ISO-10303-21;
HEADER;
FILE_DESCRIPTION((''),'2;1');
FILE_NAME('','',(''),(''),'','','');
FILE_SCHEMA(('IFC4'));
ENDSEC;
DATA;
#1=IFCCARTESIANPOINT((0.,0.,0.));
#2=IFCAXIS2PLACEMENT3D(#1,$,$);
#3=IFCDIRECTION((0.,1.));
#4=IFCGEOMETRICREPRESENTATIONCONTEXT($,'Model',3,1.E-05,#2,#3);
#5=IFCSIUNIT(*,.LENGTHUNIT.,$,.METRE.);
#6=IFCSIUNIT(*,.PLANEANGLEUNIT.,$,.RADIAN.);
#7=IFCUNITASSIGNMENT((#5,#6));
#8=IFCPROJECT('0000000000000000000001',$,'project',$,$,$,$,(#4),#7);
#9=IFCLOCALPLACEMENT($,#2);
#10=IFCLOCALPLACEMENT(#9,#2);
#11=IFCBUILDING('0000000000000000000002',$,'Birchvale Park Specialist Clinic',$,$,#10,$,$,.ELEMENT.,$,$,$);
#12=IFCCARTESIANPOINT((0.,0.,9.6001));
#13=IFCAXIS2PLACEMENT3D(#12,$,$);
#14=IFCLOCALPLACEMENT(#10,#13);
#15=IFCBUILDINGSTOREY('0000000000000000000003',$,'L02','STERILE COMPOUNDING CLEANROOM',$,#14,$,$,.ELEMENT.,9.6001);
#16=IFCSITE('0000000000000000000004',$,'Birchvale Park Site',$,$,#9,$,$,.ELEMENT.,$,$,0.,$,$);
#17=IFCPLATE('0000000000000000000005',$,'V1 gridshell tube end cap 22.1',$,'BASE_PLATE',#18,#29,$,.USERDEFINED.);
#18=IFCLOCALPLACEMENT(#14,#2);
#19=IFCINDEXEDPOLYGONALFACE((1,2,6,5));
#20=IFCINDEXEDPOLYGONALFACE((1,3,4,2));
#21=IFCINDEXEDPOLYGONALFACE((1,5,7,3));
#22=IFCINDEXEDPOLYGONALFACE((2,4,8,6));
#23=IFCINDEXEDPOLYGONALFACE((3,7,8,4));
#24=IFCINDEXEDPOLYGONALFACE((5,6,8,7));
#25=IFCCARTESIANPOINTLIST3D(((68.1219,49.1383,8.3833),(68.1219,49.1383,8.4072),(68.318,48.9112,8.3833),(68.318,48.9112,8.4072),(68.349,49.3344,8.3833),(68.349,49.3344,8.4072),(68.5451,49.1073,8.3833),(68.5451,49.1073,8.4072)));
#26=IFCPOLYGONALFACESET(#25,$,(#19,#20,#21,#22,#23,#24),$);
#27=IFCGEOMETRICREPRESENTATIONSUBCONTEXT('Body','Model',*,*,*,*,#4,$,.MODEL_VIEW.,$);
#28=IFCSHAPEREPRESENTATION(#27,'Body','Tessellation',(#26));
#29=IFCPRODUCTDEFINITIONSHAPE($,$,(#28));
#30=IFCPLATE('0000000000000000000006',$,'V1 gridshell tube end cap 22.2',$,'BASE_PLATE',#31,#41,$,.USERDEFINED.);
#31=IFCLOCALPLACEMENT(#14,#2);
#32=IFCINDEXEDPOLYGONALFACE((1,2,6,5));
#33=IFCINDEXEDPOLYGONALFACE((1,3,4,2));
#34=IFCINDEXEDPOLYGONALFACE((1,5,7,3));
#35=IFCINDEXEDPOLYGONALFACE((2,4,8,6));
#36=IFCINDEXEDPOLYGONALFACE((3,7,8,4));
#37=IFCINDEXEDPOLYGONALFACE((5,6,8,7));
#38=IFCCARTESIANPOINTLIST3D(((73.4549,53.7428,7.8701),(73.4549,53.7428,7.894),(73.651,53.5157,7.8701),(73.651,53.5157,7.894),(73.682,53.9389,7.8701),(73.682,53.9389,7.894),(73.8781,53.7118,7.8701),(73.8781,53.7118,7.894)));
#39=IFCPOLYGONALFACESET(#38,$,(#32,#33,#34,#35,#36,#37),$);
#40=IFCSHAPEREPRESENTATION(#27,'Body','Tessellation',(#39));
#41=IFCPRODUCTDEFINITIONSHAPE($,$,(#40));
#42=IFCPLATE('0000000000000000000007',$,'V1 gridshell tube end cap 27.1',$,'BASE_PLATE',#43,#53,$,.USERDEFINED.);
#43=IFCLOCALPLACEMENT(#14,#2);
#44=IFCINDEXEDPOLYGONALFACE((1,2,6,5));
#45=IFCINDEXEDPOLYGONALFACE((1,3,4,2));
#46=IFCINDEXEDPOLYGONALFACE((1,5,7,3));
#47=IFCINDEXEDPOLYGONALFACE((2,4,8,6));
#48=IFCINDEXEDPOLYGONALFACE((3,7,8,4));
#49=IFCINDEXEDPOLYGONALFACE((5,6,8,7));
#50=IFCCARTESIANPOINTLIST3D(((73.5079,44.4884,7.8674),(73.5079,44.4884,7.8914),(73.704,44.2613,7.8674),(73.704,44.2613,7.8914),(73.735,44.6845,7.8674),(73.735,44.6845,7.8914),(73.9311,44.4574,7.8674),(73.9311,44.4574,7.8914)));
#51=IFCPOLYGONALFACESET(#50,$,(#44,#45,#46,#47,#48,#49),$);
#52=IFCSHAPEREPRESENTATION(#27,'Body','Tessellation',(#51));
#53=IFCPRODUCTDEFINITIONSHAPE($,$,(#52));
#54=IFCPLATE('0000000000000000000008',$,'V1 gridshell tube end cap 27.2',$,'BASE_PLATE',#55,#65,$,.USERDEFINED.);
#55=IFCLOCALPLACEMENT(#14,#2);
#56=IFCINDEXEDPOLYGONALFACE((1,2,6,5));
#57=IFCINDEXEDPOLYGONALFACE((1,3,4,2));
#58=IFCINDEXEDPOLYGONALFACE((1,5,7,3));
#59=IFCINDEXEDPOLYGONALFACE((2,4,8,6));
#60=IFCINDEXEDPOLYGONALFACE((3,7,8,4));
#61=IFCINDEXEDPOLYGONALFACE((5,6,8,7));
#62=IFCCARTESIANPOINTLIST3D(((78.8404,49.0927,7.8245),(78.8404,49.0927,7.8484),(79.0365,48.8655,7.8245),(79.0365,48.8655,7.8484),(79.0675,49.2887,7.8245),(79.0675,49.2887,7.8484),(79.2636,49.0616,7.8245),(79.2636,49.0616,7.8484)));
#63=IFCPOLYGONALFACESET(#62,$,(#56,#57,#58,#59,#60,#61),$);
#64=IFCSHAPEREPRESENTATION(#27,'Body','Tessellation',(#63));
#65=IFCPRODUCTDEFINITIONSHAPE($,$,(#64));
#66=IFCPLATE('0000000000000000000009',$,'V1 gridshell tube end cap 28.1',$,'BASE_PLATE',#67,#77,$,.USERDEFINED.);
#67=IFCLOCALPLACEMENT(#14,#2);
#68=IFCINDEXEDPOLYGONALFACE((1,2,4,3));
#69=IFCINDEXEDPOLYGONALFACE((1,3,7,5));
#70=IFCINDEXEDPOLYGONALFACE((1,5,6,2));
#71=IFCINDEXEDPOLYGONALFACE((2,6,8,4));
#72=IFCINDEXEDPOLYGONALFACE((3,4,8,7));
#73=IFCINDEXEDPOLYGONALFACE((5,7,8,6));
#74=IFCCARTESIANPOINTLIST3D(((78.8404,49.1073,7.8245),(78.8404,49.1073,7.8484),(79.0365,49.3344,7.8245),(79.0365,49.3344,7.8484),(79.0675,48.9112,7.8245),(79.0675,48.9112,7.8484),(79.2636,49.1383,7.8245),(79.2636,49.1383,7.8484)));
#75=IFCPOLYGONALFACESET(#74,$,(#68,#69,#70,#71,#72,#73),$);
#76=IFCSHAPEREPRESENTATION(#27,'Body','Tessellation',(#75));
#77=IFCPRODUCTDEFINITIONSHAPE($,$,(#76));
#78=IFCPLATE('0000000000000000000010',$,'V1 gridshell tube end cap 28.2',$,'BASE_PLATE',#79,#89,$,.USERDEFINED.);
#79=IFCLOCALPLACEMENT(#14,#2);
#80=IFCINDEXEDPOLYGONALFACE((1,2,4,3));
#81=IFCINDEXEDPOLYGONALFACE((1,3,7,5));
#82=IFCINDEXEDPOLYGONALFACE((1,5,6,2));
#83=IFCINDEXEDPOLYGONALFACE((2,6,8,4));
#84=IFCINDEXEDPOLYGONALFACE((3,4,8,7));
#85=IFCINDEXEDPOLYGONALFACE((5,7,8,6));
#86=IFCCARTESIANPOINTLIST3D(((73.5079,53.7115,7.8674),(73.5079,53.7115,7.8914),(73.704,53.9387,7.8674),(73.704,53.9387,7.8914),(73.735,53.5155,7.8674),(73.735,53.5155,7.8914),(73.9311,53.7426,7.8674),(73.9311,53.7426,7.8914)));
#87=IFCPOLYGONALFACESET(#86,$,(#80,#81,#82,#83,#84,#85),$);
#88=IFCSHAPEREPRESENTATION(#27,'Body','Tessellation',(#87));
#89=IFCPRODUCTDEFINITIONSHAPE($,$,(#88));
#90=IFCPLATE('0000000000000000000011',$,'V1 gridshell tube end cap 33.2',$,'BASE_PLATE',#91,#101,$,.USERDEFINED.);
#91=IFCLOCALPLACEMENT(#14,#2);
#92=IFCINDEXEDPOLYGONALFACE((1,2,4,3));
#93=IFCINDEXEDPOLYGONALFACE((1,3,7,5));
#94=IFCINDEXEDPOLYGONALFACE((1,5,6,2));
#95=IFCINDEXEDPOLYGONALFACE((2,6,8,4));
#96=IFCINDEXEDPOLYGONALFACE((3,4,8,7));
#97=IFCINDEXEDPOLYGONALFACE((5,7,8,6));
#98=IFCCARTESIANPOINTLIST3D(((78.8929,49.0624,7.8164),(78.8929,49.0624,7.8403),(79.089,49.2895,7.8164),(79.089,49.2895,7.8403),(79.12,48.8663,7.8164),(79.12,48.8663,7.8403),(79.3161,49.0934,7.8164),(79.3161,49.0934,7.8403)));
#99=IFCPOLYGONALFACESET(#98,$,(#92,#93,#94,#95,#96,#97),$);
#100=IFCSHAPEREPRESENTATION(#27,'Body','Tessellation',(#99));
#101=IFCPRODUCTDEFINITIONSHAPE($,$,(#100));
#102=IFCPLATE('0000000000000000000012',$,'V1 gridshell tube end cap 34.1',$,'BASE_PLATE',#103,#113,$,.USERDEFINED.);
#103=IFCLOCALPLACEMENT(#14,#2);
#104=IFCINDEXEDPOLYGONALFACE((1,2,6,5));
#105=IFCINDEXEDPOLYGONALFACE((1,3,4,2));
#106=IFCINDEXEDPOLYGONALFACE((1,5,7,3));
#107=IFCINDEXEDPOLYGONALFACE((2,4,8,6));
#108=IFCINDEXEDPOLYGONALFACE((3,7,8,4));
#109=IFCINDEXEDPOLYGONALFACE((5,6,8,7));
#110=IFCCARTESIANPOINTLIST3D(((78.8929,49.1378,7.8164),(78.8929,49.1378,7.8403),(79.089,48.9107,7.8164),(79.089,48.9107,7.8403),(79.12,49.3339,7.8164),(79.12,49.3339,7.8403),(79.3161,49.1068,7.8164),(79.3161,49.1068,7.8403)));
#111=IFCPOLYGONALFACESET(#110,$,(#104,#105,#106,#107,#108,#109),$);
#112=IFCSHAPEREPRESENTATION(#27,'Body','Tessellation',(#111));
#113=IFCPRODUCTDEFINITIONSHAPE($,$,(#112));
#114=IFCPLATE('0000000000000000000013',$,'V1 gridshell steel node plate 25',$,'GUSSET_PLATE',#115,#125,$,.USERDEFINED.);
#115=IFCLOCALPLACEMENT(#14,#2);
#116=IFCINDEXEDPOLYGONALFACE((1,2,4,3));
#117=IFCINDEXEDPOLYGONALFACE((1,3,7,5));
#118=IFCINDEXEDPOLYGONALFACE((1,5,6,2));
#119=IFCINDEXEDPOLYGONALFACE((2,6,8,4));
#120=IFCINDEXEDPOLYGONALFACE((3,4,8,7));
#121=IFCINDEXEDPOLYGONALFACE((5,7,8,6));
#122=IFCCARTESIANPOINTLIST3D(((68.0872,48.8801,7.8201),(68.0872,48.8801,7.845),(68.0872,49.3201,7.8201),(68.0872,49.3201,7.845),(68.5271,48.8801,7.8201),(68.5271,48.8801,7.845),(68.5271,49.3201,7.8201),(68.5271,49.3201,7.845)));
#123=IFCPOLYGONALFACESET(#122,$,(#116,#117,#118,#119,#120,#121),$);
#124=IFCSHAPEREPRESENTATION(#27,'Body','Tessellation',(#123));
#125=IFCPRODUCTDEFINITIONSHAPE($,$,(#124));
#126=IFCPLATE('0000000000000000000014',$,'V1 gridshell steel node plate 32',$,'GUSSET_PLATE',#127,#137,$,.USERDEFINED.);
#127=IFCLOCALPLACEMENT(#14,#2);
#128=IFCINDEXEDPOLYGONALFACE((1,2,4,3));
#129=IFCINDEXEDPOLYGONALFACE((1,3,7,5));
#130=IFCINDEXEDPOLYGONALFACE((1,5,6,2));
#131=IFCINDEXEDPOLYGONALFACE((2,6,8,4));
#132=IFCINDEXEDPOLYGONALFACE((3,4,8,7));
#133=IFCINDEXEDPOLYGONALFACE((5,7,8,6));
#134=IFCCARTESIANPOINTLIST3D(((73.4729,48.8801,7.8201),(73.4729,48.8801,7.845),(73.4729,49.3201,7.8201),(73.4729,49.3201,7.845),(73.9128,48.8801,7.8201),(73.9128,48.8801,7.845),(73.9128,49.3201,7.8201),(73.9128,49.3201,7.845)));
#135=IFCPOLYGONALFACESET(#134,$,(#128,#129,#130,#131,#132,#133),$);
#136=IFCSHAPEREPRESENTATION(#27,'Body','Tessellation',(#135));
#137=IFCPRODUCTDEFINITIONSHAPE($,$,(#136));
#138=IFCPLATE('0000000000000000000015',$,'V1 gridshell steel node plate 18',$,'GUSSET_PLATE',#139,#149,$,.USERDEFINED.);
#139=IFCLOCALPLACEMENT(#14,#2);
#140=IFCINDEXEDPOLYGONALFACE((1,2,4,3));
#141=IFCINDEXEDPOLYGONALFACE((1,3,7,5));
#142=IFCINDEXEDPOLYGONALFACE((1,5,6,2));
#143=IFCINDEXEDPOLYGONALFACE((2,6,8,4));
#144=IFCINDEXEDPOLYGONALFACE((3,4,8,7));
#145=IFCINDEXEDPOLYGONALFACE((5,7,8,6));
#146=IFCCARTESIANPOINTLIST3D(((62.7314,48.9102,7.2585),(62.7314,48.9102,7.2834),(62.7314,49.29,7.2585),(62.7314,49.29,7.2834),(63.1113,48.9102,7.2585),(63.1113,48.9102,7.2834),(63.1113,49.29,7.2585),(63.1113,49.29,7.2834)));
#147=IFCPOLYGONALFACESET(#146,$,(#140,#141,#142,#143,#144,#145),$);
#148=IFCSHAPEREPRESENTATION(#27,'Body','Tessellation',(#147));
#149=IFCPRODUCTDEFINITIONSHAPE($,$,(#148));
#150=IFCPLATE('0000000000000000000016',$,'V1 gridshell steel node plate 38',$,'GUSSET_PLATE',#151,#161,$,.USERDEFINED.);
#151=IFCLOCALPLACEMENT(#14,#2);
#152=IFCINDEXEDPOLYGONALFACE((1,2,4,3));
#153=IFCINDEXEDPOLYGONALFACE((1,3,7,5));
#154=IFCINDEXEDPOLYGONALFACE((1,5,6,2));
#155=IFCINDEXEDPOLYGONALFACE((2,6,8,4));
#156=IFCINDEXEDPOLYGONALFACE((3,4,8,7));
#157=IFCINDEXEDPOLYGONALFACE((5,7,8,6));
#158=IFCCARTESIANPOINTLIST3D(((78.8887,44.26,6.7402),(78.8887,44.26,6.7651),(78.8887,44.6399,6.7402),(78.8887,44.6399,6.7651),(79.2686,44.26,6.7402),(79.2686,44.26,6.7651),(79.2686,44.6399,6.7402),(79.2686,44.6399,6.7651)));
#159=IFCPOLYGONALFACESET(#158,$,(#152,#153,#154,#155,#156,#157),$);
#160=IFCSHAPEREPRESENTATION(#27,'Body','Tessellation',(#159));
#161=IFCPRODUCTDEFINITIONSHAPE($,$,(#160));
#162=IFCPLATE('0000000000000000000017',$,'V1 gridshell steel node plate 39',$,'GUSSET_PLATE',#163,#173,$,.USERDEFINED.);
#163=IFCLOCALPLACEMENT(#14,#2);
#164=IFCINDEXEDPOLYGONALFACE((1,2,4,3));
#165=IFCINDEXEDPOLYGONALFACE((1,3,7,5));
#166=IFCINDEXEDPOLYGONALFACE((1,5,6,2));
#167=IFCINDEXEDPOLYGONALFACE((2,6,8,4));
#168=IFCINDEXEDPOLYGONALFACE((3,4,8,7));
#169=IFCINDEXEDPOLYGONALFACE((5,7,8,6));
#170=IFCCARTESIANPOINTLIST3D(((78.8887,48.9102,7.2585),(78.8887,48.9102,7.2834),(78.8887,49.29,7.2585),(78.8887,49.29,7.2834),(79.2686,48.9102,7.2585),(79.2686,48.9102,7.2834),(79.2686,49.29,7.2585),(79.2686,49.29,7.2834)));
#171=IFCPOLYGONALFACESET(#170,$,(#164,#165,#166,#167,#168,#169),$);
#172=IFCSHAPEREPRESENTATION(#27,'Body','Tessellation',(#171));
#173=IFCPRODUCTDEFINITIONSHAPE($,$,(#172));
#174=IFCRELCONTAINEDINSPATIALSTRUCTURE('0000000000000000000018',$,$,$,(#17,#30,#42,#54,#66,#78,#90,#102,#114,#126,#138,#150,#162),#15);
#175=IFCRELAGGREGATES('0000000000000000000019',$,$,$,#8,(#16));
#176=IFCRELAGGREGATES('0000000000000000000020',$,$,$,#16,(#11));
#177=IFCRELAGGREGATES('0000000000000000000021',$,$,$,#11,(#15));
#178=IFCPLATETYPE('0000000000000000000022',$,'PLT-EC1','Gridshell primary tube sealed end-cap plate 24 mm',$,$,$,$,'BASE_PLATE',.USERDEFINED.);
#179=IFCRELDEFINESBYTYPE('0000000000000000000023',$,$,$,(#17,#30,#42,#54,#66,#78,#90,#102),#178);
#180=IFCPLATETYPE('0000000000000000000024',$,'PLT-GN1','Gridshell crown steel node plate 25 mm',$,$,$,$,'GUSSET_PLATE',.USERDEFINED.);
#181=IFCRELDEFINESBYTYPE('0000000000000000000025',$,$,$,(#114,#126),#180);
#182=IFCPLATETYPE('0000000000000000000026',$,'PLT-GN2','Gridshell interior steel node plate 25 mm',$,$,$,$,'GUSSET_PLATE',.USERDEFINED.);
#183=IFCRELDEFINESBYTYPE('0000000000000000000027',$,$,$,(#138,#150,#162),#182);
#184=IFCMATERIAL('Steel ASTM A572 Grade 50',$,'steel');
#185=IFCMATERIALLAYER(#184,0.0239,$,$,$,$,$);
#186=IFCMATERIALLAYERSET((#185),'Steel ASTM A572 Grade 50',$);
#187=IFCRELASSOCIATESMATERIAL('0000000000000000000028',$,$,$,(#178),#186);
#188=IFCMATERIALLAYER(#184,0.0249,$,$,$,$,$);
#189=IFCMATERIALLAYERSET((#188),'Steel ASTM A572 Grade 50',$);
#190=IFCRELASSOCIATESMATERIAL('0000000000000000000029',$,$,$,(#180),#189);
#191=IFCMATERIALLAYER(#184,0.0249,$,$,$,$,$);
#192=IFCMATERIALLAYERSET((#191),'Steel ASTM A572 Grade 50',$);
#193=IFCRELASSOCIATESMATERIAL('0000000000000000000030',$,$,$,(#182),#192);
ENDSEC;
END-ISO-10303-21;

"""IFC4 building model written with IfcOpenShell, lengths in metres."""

from ifc_helpers import new_model, si_unit, direction, frame, origin, origin_2d, place, context, subcontext, project, spatial, rectangle, extrude, material, layer, layer_set, type_object, element, save


model = new_model("IFC4")

# Units and contexts
model_context = context("Model", 3, precision=1e-05, world=origin(), true_north=direction((0.0, 1.0)))
body_context = subcontext(model_context, "Body", "Model", "MODEL_VIEW")
ifc_project = project(units=[si_unit("LENGTHUNIT", "METRE"), si_unit("PLANEANGLEUNIT", "RADIAN")], contexts=[model_context])

# Site, building, storey
site_placement = place(None, origin())
site = spatial("IfcSite", under=ifc_project, at=site_placement, Name="Birchvale Park Site", CompositionType="ELEMENT", RefElevation=0.0)
building_placement = place(site_placement, origin())
building = spatial("IfcBuilding", under=site, at=building_placement, Name="Birchvale Park Specialist Clinic", CompositionType="ELEMENT")
storey_placement = place(building_placement, frame((0.0, 0.0, 9.6001)))
storey = spatial("IfcBuildingStorey", under=building, at=storey_placement, Name="L02", Description="STERILE COMPOUNDING CLEANROOM", CompositionType="ELEMENT", Elevation=9.6001)

# Plates
ifc_material_1 = material(Name="Steel ASTM A572 Grade 50", Category="steel")
ifc_layer_1 = layer(ifc_material_1, 0.0239)
ifc_layer_set_1 = layer_set([ifc_layer_1], Name="Steel ASTM A572 Grade 50")
plate_type_1 = type_object("IfcPlateType", Name="PLT-EC1", Description="Gridshell primary tube sealed end-cap plate 24 mm", ElementType="BASE_PLATE", PredefinedType="USERDEFINED", material=ifc_layer_set_1)
for number, where, z_axis, x_axis, name in (
    (1, (68.3335, 49.1228, 8.3833), (0.0, 0.0, 1.0), (0.756881, 0.653553, 0.0), "V1 gridshell tube end cap 22.1"),
    (2, (73.6665, 53.7273, 7.8701), (0.0, 0.0, 1.0), (0.756881, 0.653553, 0.0), "V1 gridshell tube end cap 22.2"),
    (3, (73.7195, 44.4729, 7.8674), (0.0, 0.0, 1.0), (0.756881, 0.653553, 0.0), "V1 gridshell tube end cap 27.1"),
    (4, (79.052, 49.0771, 7.8245), (0.0, 0.0, 1.0), (0.756881, 0.653553, 0.0), "V1 gridshell tube end cap 27.2"),
    (5, (79.052, 49.1228, 7.8245), (0.0, 0.0, 1.0), (-0.756881, 0.653553, 0.0), "V1 gridshell tube end cap 28.1"),
    (6, (73.7195, 53.7271, 7.8674), (0.0, 0.0, 1.0), (-0.756881, 0.653553, 0.0), "V1 gridshell tube end cap 28.2"),
    (7, (79.1045, 49.0779, 7.8164), (0.0, 0.0, 1.0), (-0.756881, 0.653553, 0.0), "V1 gridshell tube end cap 33.2"),
    (8, (79.1045, 49.1223, 7.8164), (0.0, 0.0, 1.0), (0.756881, 0.653553, 0.0), "V1 gridshell tube end cap 34.1"),
):
    element("IfcPlate", number, at=place(storey_placement, frame(where, z_axis=z_axis, x_axis=x_axis)), inside=storey, type_object=plate_type_1, Name=name, ObjectType="BASE_PLATE", PredefinedType="USERDEFINED", context=body_context, shape_type="SweptSolid", body=[
        extrude(rectangle(XDim=0.3, YDim=0.3, at=origin_2d()), origin(), (0.0, 0.0, 1.0), 0.0239),
    ])
ifc_layer_2 = layer(ifc_material_1, 0.0249)
ifc_layer_set_2 = layer_set([ifc_layer_2], Name="Steel ASTM A572 Grade 50")
plate_type_2 = type_object("IfcPlateType", Name="PLT-GN1", Description="Gridshell crown steel node plate 25 mm", ElementType="GUSSET_PLATE", PredefinedType="USERDEFINED", material=ifc_layer_set_2)
for number, where, z_axis, x_axis, name in (
    (9, (68.3071, 49.1001, 7.8201), (0.0, 0.0, 1.0), (1.0, 0.0, 0.0), "V1 gridshell steel node plate 25"),
    (10, (73.6929, 49.1001, 7.8201), (0.0, 0.0, 1.0), (1.0, 0.0, 0.0), "V1 gridshell steel node plate 32"),
):
    element("IfcPlate", number, at=place(storey_placement, frame(where, z_axis=z_axis, x_axis=x_axis)), inside=storey, type_object=plate_type_2, Name=name, ObjectType="GUSSET_PLATE", PredefinedType="USERDEFINED", context=body_context, shape_type="SweptSolid", body=[
        extrude(rectangle(XDim=0.4399, YDim=0.4399, at=origin_2d()), origin(), (0.0, 0.0, 1.0), 0.0249),
    ])
ifc_layer_3 = layer(ifc_material_1, 0.0249)
ifc_layer_set_3 = layer_set([ifc_layer_3], Name="Steel ASTM A572 Grade 50")
plate_type_3 = type_object("IfcPlateType", Name="PLT-GN2", Description="Gridshell interior steel node plate 25 mm", ElementType="GUSSET_PLATE", PredefinedType="USERDEFINED", material=ifc_layer_set_3)
for number, where, z_axis, x_axis, name in (
    (11, (62.9214, 49.1001, 7.2585), (0.0, 0.0, 1.0), (1.0, 0.0, 0.0), "V1 gridshell steel node plate 18"),
    (12, (79.0786, 44.45, 6.7402), (0.0, 0.0, 1.0), (1.0, 0.0, 0.0), "V1 gridshell steel node plate 38"),
    (13, (79.0786, 49.1001, 7.2585), (0.0, 0.0, 1.0), (1.0, 0.0, 0.0), "V1 gridshell steel node plate 39"),
):
    element("IfcPlate", number, at=place(storey_placement, frame(where, z_axis=z_axis, x_axis=x_axis)), inside=storey, type_object=plate_type_3, Name=name, ObjectType="GUSSET_PLATE", PredefinedType="USERDEFINED", context=body_context, shape_type="SweptSolid", body=[
        extrude(rectangle(XDim=0.3799, YDim=0.3799, at=origin_2d()), origin(), (0.0, 0.0, 1.0), 0.0249),
    ])

save(model, "model.ifc")
